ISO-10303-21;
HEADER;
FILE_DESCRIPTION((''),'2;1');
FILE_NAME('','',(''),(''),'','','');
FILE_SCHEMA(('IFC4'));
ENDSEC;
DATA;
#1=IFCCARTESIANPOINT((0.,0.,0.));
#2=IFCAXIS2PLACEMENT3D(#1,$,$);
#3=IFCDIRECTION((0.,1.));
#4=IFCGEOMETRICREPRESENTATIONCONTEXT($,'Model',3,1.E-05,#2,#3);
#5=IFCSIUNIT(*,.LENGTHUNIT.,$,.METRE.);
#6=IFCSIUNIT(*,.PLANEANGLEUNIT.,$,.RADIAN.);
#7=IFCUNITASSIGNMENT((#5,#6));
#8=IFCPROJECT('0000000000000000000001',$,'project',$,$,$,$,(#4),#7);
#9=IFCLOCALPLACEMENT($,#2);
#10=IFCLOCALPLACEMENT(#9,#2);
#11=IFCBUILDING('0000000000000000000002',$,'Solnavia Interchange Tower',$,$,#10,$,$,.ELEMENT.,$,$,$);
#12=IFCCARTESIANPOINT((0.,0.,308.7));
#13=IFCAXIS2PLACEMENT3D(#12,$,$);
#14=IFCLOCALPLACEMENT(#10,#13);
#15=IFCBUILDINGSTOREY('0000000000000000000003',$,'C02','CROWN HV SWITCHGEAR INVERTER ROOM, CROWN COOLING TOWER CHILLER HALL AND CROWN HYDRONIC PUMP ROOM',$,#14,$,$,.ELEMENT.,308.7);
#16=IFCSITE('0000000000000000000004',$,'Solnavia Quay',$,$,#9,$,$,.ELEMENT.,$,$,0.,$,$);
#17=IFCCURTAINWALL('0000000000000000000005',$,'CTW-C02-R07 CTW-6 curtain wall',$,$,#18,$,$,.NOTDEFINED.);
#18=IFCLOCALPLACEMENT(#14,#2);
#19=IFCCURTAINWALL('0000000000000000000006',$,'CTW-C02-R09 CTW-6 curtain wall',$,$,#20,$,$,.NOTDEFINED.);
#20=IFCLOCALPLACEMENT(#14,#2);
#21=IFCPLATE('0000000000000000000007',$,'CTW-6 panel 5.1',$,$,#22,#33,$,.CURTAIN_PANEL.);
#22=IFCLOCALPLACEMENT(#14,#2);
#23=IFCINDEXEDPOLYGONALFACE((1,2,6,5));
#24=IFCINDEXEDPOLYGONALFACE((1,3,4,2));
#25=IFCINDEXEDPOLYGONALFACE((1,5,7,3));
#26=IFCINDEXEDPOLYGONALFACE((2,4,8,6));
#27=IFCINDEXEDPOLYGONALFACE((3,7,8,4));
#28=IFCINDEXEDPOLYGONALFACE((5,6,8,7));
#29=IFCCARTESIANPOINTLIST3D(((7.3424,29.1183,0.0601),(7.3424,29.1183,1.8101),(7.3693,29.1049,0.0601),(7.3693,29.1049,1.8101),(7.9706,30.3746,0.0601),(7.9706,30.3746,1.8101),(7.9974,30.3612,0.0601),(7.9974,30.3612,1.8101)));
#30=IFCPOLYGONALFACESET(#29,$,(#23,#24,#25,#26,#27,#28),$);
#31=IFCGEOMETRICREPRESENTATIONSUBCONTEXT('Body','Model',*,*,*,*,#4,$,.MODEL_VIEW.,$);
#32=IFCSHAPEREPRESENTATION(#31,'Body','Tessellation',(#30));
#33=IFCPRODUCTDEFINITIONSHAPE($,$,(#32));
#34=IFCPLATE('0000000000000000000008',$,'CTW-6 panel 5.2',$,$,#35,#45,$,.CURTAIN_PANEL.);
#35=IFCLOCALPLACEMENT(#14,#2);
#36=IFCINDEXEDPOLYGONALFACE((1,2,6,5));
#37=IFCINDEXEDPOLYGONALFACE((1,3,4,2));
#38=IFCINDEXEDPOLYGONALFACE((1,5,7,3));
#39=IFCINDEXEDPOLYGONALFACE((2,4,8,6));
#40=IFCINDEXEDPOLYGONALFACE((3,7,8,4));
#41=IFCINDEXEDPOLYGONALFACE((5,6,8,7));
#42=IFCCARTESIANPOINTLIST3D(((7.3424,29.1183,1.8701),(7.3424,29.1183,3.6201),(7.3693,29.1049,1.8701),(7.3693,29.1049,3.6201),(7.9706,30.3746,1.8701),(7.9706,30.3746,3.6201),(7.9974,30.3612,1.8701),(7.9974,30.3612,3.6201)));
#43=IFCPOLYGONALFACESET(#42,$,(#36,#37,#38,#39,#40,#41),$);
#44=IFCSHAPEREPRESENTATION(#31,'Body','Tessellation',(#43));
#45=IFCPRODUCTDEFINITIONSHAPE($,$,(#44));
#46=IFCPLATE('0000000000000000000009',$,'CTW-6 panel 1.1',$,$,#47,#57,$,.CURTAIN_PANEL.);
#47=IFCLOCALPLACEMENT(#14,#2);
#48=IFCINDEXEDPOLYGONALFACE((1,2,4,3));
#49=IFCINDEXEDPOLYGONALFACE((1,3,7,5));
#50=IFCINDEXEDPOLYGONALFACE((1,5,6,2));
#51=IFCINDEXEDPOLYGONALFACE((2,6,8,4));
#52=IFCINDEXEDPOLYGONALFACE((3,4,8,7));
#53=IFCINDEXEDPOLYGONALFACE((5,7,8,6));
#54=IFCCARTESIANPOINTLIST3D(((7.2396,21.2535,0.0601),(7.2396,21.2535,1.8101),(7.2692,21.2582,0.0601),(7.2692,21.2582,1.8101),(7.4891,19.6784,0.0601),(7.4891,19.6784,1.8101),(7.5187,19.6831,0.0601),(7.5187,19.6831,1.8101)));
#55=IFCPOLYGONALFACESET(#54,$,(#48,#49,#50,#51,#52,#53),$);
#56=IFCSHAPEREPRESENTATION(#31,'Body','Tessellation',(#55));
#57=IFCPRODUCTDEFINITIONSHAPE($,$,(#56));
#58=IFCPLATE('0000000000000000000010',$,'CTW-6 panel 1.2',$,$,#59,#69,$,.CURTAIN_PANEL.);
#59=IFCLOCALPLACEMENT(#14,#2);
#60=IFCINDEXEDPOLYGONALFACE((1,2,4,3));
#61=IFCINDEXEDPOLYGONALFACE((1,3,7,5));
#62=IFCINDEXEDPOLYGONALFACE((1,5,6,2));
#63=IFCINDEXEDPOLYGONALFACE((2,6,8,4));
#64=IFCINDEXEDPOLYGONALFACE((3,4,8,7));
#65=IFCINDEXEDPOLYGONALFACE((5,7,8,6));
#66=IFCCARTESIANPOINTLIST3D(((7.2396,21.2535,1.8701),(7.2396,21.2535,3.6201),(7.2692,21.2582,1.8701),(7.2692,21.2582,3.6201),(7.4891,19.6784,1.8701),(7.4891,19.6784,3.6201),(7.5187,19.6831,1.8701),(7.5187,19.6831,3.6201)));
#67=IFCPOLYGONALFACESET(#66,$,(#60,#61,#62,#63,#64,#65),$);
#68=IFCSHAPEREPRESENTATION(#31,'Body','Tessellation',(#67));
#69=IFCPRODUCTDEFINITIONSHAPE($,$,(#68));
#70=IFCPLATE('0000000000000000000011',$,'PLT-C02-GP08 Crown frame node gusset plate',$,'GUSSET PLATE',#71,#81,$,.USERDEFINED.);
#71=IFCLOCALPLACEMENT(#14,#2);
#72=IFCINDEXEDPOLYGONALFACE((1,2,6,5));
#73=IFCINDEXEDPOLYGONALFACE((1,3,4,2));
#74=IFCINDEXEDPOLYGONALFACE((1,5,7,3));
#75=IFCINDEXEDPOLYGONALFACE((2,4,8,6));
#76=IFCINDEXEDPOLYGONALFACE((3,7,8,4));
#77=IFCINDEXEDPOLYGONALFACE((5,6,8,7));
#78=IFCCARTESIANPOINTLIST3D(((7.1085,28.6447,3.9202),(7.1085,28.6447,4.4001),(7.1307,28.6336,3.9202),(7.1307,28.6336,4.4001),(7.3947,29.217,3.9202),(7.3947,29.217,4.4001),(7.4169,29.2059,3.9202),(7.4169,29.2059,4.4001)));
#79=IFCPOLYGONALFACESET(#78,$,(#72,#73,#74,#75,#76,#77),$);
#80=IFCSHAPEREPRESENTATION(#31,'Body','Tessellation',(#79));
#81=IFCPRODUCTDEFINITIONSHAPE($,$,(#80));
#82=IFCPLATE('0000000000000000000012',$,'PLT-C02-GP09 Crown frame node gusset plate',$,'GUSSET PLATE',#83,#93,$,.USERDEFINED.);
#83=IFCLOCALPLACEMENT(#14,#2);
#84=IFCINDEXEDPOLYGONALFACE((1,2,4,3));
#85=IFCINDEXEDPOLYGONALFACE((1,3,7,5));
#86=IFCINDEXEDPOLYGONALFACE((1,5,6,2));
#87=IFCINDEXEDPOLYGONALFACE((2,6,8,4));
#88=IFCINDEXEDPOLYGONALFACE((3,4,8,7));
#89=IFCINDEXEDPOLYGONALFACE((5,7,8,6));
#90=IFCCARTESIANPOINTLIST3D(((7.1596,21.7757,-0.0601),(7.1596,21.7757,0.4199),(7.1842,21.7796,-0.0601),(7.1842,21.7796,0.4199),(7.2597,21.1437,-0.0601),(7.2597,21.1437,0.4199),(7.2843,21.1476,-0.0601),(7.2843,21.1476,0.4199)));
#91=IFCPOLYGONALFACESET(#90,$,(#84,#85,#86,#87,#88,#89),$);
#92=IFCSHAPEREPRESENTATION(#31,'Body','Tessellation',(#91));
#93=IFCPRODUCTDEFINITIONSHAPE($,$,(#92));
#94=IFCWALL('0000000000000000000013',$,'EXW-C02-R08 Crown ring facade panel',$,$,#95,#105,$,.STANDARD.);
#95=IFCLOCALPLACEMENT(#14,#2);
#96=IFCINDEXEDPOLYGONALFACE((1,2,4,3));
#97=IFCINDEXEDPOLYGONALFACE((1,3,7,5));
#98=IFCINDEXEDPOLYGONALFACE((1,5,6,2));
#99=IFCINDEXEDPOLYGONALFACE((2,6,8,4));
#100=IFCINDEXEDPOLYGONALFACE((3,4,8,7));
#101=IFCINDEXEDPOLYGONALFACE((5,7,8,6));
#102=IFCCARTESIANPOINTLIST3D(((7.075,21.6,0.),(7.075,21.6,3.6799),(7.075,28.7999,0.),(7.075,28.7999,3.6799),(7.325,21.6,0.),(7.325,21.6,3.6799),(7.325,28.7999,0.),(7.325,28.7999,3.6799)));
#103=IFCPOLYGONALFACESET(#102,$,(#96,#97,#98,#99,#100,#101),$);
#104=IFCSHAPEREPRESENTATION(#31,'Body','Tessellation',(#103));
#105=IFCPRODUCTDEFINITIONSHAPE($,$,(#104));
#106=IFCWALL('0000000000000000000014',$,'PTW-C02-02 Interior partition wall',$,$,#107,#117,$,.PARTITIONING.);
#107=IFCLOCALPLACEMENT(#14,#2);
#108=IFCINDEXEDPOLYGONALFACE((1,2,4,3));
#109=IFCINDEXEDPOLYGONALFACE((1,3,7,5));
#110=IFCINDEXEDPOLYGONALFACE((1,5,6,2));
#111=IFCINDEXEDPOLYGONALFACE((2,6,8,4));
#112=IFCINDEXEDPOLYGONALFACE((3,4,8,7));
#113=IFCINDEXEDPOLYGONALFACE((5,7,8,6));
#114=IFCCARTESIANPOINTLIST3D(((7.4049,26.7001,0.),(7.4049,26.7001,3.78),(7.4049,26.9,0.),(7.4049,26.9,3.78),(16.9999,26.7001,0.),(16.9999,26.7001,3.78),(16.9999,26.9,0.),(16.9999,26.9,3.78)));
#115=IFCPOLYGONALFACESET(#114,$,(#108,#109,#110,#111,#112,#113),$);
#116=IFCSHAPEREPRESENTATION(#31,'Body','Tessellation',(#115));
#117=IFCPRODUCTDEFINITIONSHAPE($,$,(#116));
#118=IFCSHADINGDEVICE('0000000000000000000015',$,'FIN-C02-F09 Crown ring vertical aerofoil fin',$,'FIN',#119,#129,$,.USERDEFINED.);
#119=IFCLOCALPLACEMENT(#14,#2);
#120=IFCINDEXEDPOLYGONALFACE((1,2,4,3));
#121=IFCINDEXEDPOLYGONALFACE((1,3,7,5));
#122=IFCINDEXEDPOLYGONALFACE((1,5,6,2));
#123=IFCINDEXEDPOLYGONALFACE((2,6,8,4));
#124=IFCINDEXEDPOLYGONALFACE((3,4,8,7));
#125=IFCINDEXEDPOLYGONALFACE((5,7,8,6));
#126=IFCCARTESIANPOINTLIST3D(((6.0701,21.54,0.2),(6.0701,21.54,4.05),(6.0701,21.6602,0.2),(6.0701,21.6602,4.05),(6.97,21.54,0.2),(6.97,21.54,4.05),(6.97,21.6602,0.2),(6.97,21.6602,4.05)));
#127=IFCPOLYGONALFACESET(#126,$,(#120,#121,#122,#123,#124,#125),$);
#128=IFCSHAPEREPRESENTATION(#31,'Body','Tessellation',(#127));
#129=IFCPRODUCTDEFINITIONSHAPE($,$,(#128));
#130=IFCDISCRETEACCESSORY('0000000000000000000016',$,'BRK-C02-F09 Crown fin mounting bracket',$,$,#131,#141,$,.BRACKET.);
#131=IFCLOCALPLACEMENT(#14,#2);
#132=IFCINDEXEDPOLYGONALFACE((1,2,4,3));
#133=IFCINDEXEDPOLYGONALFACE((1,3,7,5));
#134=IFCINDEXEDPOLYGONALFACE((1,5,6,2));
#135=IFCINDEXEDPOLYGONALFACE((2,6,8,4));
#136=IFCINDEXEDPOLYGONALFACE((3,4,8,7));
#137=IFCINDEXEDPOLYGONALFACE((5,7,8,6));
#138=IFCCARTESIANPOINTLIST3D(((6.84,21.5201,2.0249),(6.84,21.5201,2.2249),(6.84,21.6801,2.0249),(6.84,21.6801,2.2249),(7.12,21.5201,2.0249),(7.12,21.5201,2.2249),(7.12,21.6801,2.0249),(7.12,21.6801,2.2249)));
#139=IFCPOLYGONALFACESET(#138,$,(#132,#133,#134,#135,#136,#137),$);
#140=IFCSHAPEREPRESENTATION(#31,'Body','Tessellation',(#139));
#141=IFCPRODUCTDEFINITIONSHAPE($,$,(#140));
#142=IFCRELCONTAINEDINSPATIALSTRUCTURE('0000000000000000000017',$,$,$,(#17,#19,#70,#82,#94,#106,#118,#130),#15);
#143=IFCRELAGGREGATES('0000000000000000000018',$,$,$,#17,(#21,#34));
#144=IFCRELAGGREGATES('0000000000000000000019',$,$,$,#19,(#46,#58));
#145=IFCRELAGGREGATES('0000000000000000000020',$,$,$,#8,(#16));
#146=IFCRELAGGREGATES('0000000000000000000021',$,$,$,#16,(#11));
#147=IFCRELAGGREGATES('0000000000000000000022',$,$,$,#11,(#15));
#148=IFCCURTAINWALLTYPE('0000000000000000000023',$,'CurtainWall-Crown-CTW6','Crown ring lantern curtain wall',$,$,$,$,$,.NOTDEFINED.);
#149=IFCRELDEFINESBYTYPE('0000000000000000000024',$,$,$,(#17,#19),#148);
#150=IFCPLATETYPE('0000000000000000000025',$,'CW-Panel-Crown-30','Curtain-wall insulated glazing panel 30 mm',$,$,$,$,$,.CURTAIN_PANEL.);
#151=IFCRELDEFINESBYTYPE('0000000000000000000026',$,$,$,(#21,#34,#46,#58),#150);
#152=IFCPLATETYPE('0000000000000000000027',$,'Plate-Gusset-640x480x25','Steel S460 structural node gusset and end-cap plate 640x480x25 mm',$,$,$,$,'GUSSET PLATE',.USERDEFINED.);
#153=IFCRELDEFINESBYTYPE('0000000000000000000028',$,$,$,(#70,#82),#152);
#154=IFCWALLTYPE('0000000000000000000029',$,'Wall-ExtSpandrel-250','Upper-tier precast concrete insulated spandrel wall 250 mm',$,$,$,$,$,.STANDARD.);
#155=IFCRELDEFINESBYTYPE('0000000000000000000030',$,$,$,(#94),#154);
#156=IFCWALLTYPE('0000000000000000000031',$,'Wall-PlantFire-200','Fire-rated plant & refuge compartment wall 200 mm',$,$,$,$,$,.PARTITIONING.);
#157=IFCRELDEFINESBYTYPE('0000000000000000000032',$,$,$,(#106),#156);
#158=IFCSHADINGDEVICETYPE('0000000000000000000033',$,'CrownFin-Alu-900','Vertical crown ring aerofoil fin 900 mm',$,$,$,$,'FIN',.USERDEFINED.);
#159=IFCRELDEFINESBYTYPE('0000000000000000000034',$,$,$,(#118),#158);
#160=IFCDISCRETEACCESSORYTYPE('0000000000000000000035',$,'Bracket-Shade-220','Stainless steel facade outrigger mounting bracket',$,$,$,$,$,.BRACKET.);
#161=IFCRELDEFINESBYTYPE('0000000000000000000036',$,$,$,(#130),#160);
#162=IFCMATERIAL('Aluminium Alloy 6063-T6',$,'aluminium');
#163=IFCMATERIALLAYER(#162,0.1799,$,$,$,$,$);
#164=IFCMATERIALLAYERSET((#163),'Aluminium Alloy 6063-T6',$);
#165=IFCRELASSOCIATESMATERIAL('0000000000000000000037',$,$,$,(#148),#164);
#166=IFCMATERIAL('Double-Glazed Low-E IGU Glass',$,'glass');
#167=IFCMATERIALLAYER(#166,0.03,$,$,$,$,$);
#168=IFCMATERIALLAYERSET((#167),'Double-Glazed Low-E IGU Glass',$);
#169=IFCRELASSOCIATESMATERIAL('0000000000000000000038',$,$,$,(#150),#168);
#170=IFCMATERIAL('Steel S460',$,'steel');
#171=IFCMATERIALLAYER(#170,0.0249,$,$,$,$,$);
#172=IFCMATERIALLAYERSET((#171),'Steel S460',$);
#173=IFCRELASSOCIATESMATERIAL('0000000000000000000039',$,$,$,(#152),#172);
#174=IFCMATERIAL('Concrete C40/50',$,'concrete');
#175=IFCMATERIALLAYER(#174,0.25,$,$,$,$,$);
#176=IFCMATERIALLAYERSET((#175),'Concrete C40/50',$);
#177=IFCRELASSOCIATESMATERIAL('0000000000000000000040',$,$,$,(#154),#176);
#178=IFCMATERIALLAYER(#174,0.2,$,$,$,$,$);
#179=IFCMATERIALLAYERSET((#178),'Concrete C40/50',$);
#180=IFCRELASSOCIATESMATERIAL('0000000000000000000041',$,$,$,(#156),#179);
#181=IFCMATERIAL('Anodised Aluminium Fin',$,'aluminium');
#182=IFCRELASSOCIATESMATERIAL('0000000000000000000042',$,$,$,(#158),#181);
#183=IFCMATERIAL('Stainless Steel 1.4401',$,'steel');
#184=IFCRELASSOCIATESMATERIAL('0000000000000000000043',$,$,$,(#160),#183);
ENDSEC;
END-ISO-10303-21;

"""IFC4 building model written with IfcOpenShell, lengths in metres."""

from ifc_helpers import new_model, si_unit, direction, frame, frame_2d, origin, origin_2d, place, context, subcontext, project, spatial, rectangle, extrude, material, layer, layer_set, type_object, element, aggregate, save


model = new_model("IFC4")

# Units and contexts
model_context = context("Model", 3, precision=1e-05, world=origin(), true_north=direction((0.0, 1.0)))
body_context = subcontext(model_context, "Body", "Model", "MODEL_VIEW")
ifc_project = project(units=[si_unit("LENGTHUNIT", "METRE"), si_unit("PLANEANGLEUNIT", "RADIAN")], contexts=[model_context])

# Site, building, storey
site_placement = place(None, origin())
site = spatial("IfcSite", under=ifc_project, at=site_placement, Name="Solnavia Quay", CompositionType="ELEMENT", RefElevation=0.0)
building_placement = place(site_placement, origin())
building = spatial("IfcBuilding", under=site, at=building_placement, Name="Solnavia Interchange Tower", CompositionType="ELEMENT")
storey_placement = place(building_placement, frame((0.0, 0.0, 308.7)))
storey = spatial("IfcBuildingStorey", under=building, at=storey_placement, Name="C02", Description="CROWN HV SWITCHGEAR INVERTER ROOM, CROWN COOLING TOWER CHILLER HALL AND CROWN HYDRONIC PUMP ROOM", CompositionType="ELEMENT", Elevation=308.7)

# Shared definitions
ifc_material_1 = material(Name="Steel S460", Category="steel")

# Curtain walls
ifc_material_2 = material(Name="Aluminium Alloy 6063-T6", Category="aluminium")
ifc_layer_1 = layer(ifc_material_2, 0.1799)
ifc_layer_set_1 = layer_set([ifc_layer_1], Name="Aluminium Alloy 6063-T6")
curtain_wall_type = type_object("IfcCurtainWallType", Name="CurtainWall-Crown-CTW6", Description="Crown ring lantern curtain wall", PredefinedType="NOTDEFINED", material=ifc_layer_set_1)
curtain_wall_1_placement = place(storey_placement, origin())
curtain_wall_1 = element("IfcCurtainWall", 1, at=curtain_wall_1_placement, inside=storey, type_object=curtain_wall_type, Name="CTW-C02-R07 CTW-6 curtain wall", PredefinedType="NOTDEFINED")
curtain_wall_2_placement = place(storey_placement, origin())
curtain_wall_2 = element("IfcCurtainWall", 2, at=curtain_wall_2_placement, inside=storey, type_object=curtain_wall_type, Name="CTW-C02-R09 CTW-6 curtain wall", PredefinedType="NOTDEFINED")

# Plates
ifc_material_3 = material(Name="Double-Glazed Low-E IGU Glass", Category="glass")
ifc_layer_2 = layer(ifc_material_3, 0.03)
ifc_layer_set_2 = layer_set([ifc_layer_2], Name="Double-Glazed Low-E IGU Glass")
plate_type_1 = type_object("IfcPlateType", Name="CW-Panel-Crown-30", Description="Curtain-wall insulated glazing panel 30 mm", PredefinedType="CURTAIN_PANEL", material=ifc_layer_set_2)
plate_1_placement = place(storey_placement, frame((7.6699, 29.7397, 0.0601), z_axis=(0.0, 0.0, 1.0), x_axis=(-0.447214, -0.894427, 0.0)))
plate_1 = element("IfcPlate", 3, at=plate_1_placement, type_object=plate_type_1, Name="CTW-6 panel 5.1", PredefinedType="CURTAIN_PANEL", context=body_context, shape_type="SweptSolid", body=[
    extrude(rectangle(XDim=1.4045, YDim=0.03, at=origin_2d()), origin(), (0.0, 0.0, 1.0), 1.75),
])
plate_2_placement = place(storey_placement, frame((7.6699, 29.7397, 1.8701), z_axis=(0.0, 0.0, 1.0), x_axis=(-0.447214, -0.894427, 0.0)))
plate_2 = element("IfcPlate", 4, at=plate_2_placement, type_object=plate_type_1, Name="CTW-6 panel 5.2", PredefinedType="CURTAIN_PANEL", context=body_context, shape_type="SweptSolid", body=[
    extrude(rectangle(XDim=1.4045, YDim=0.03, at=origin_2d()), origin(), (0.0, 0.0, 1.0), 1.75),
])
aggregate(curtain_wall_1, [plate_1, plate_2])
plate_3_placement = place(storey_placement, frame((7.3792, 20.4683, 0.0601), z_axis=(0.0, 0.0, 1.0), x_axis=(0.156456, -0.987685, 0.0)))
plate_3 = element("IfcPlate", 5, at=plate_3_placement, type_object=plate_type_1, Name="CTW-6 panel 1.1", PredefinedType="CURTAIN_PANEL", context=body_context, shape_type="SweptSolid", body=[
    extrude(rectangle(XDim=1.5947, YDim=0.03, at=origin_2d()), origin(), (0.0, 0.0, 1.0), 1.75),
])
plate_4_placement = place(storey_placement, frame((7.3792, 20.4683, 1.8701), z_axis=(0.0, 0.0, 1.0), x_axis=(0.156456, -0.987685, 0.0)))
plate_4 = element("IfcPlate", 6, at=plate_4_placement, type_object=plate_type_1, Name="CTW-6 panel 1.2", PredefinedType="CURTAIN_PANEL", context=body_context, shape_type="SweptSolid", body=[
    extrude(rectangle(XDim=1.5947, YDim=0.03, at=origin_2d()), origin(), (0.0, 0.0, 1.0), 1.75),
])
aggregate(curtain_wall_2, [plate_3, plate_4])

# Plates
ifc_layer_3 = layer(ifc_material_1, 0.0249)
ifc_layer_set_3 = layer_set([ifc_layer_3], Name="Steel S460")
plate_type_2 = type_object("IfcPlateType", Name="Plate-Gusset-640x480x25", Description="Steel S460 structural node gusset and end-cap plate 640x480x25 mm", ElementType="GUSSET PLATE", PredefinedType="USERDEFINED", material=ifc_layer_set_3)
for number, where, z_axis, x_axis, name in (
    (7, (7.2627, 28.9253, 3.9202), (0.0, 0.0, 1.0), (-0.447291, -0.894389, 0.0), "PLT-C02-GP08 Crown frame node gusset plate"),
    (8, (7.2219, 21.4617, -0.0601), (0.0, 0.0, 1.0), (0.156434, -0.987688, 0.0), "PLT-C02-GP09 Crown frame node gusset plate"),
):
    element("IfcPlate", number, at=place(storey_placement, frame(where, z_axis=z_axis, x_axis=x_axis)), inside=storey, type_object=plate_type_2, Name=name, ObjectType="GUSSET PLATE", PredefinedType="USERDEFINED", context=body_context, shape_type="SweptSolid", body=[
        extrude(rectangle(XDim=0.6399, YDim=0.0249, at=origin_2d()), origin(), (0.0, 0.0, 1.0), 0.48),
    ])

# Walls
ifc_material_4 = material(Name="Concrete C40/50", Category="concrete")
ifc_layer_4 = layer(ifc_material_4, 0.25)
ifc_layer_set_4 = layer_set([ifc_layer_4], Name="Concrete C40/50")
wall_type_1 = type_object("IfcWallType", Name="Wall-ExtSpandrel-250", Description="Upper-tier precast concrete insulated spandrel wall 250 mm", PredefinedType="STANDARD", material=ifc_layer_set_4)
wall_1_placement = place(storey_placement, frame((7.2, 28.8, 0.0), z_axis=(0.0, 0.0, 1.0), x_axis=(0.0, -1.0, 0.0)))
element("IfcWall", 9, at=wall_1_placement, inside=storey, type_object=wall_type_1, Name="EXW-C02-R08 Crown ring facade panel", PredefinedType="STANDARD", context=body_context, shape_type="SweptSolid", body=[
    extrude(rectangle(XDim=7.2, YDim=0.25, at=frame_2d((3.6001, 0.0))), origin(), (0.0, 0.0, 1.0), 3.6799),
])
ifc_layer_5 = layer(ifc_material_4, 0.2)
ifc_layer_set_5 = layer_set([ifc_layer_5], Name="Concrete C40/50")
wall_type_2 = type_object("IfcWallType", Name="Wall-PlantFire-200", Description="Fire-rated plant & refuge compartment wall 200 mm", PredefinedType="PARTITIONING", material=ifc_layer_set_5)
wall_2_placement = place(storey_placement, frame((7.405, 26.8, 0.0), z_axis=(0.0, 0.0, 1.0), x_axis=(1.0, 0.0, 0.0)))
element("IfcWall", 10, at=wall_2_placement, inside=storey, type_object=wall_type_2, Name="PTW-C02-02 Interior partition wall", PredefinedType="PARTITIONING", context=body_context, shape_type="SweptSolid", body=[
    extrude(rectangle(XDim=9.595, YDim=0.2, at=frame_2d((4.7974, 0.0))), origin(), (0.0, 0.0, 1.0), 3.78),
])

# Shading device
ifc_material_5 = material(Name="Anodised Aluminium Fin", Category="aluminium")
shading_device_type = type_object("IfcShadingDeviceType", Name="CrownFin-Alu-900", Description="Vertical crown ring aerofoil fin 900 mm", ElementType="FIN", PredefinedType="USERDEFINED", material=ifc_material_5)
shading_device_placement = place(storey_placement, frame((6.52, 21.6001, 0.2), z_axis=(0.0, 0.0, 1.0), x_axis=(-1.0, 0.0, 0.0)))
element("IfcShadingDevice", 11, at=shading_device_placement, inside=storey, type_object=shading_device_type, Name="FIN-C02-F09 Crown ring vertical aerofoil fin", ObjectType="FIN", PredefinedType="USERDEFINED", context=body_context, shape_type="SweptSolid", body=[
    extrude(rectangle(XDim=0.8999, YDim=0.1201, at=origin_2d()), origin(), (0.0, 0.0, 1.0), 3.8501),
])

# Discrete accessory
ifc_material_6 = material(Name="Stainless Steel 1.4401", Category="steel")
discrete_accessory_type = type_object("IfcDiscreteAccessoryType", Name="Bracket-Shade-220", Description="Stainless steel facade outrigger mounting bracket", PredefinedType="BRACKET", material=ifc_material_6)
discrete_accessory_placement = place(storey_placement, frame((6.98, 21.6001, 2.0249), z_axis=(0.0, 0.0, 1.0), x_axis=(-1.0, 0.0, 0.0)))
element("IfcDiscreteAccessory", 12, at=discrete_accessory_placement, inside=storey, type_object=discrete_accessory_type, Name="BRK-C02-F09 Crown fin mounting bracket", PredefinedType="BRACKET", context=body_context, shape_type="SweptSolid", body=[
    extrude(rectangle(XDim=0.28, YDim=0.1599, at=origin_2d()), origin(), (0.0, 0.0, 1.0), 0.2),
])

save(model, "model.ifc")
